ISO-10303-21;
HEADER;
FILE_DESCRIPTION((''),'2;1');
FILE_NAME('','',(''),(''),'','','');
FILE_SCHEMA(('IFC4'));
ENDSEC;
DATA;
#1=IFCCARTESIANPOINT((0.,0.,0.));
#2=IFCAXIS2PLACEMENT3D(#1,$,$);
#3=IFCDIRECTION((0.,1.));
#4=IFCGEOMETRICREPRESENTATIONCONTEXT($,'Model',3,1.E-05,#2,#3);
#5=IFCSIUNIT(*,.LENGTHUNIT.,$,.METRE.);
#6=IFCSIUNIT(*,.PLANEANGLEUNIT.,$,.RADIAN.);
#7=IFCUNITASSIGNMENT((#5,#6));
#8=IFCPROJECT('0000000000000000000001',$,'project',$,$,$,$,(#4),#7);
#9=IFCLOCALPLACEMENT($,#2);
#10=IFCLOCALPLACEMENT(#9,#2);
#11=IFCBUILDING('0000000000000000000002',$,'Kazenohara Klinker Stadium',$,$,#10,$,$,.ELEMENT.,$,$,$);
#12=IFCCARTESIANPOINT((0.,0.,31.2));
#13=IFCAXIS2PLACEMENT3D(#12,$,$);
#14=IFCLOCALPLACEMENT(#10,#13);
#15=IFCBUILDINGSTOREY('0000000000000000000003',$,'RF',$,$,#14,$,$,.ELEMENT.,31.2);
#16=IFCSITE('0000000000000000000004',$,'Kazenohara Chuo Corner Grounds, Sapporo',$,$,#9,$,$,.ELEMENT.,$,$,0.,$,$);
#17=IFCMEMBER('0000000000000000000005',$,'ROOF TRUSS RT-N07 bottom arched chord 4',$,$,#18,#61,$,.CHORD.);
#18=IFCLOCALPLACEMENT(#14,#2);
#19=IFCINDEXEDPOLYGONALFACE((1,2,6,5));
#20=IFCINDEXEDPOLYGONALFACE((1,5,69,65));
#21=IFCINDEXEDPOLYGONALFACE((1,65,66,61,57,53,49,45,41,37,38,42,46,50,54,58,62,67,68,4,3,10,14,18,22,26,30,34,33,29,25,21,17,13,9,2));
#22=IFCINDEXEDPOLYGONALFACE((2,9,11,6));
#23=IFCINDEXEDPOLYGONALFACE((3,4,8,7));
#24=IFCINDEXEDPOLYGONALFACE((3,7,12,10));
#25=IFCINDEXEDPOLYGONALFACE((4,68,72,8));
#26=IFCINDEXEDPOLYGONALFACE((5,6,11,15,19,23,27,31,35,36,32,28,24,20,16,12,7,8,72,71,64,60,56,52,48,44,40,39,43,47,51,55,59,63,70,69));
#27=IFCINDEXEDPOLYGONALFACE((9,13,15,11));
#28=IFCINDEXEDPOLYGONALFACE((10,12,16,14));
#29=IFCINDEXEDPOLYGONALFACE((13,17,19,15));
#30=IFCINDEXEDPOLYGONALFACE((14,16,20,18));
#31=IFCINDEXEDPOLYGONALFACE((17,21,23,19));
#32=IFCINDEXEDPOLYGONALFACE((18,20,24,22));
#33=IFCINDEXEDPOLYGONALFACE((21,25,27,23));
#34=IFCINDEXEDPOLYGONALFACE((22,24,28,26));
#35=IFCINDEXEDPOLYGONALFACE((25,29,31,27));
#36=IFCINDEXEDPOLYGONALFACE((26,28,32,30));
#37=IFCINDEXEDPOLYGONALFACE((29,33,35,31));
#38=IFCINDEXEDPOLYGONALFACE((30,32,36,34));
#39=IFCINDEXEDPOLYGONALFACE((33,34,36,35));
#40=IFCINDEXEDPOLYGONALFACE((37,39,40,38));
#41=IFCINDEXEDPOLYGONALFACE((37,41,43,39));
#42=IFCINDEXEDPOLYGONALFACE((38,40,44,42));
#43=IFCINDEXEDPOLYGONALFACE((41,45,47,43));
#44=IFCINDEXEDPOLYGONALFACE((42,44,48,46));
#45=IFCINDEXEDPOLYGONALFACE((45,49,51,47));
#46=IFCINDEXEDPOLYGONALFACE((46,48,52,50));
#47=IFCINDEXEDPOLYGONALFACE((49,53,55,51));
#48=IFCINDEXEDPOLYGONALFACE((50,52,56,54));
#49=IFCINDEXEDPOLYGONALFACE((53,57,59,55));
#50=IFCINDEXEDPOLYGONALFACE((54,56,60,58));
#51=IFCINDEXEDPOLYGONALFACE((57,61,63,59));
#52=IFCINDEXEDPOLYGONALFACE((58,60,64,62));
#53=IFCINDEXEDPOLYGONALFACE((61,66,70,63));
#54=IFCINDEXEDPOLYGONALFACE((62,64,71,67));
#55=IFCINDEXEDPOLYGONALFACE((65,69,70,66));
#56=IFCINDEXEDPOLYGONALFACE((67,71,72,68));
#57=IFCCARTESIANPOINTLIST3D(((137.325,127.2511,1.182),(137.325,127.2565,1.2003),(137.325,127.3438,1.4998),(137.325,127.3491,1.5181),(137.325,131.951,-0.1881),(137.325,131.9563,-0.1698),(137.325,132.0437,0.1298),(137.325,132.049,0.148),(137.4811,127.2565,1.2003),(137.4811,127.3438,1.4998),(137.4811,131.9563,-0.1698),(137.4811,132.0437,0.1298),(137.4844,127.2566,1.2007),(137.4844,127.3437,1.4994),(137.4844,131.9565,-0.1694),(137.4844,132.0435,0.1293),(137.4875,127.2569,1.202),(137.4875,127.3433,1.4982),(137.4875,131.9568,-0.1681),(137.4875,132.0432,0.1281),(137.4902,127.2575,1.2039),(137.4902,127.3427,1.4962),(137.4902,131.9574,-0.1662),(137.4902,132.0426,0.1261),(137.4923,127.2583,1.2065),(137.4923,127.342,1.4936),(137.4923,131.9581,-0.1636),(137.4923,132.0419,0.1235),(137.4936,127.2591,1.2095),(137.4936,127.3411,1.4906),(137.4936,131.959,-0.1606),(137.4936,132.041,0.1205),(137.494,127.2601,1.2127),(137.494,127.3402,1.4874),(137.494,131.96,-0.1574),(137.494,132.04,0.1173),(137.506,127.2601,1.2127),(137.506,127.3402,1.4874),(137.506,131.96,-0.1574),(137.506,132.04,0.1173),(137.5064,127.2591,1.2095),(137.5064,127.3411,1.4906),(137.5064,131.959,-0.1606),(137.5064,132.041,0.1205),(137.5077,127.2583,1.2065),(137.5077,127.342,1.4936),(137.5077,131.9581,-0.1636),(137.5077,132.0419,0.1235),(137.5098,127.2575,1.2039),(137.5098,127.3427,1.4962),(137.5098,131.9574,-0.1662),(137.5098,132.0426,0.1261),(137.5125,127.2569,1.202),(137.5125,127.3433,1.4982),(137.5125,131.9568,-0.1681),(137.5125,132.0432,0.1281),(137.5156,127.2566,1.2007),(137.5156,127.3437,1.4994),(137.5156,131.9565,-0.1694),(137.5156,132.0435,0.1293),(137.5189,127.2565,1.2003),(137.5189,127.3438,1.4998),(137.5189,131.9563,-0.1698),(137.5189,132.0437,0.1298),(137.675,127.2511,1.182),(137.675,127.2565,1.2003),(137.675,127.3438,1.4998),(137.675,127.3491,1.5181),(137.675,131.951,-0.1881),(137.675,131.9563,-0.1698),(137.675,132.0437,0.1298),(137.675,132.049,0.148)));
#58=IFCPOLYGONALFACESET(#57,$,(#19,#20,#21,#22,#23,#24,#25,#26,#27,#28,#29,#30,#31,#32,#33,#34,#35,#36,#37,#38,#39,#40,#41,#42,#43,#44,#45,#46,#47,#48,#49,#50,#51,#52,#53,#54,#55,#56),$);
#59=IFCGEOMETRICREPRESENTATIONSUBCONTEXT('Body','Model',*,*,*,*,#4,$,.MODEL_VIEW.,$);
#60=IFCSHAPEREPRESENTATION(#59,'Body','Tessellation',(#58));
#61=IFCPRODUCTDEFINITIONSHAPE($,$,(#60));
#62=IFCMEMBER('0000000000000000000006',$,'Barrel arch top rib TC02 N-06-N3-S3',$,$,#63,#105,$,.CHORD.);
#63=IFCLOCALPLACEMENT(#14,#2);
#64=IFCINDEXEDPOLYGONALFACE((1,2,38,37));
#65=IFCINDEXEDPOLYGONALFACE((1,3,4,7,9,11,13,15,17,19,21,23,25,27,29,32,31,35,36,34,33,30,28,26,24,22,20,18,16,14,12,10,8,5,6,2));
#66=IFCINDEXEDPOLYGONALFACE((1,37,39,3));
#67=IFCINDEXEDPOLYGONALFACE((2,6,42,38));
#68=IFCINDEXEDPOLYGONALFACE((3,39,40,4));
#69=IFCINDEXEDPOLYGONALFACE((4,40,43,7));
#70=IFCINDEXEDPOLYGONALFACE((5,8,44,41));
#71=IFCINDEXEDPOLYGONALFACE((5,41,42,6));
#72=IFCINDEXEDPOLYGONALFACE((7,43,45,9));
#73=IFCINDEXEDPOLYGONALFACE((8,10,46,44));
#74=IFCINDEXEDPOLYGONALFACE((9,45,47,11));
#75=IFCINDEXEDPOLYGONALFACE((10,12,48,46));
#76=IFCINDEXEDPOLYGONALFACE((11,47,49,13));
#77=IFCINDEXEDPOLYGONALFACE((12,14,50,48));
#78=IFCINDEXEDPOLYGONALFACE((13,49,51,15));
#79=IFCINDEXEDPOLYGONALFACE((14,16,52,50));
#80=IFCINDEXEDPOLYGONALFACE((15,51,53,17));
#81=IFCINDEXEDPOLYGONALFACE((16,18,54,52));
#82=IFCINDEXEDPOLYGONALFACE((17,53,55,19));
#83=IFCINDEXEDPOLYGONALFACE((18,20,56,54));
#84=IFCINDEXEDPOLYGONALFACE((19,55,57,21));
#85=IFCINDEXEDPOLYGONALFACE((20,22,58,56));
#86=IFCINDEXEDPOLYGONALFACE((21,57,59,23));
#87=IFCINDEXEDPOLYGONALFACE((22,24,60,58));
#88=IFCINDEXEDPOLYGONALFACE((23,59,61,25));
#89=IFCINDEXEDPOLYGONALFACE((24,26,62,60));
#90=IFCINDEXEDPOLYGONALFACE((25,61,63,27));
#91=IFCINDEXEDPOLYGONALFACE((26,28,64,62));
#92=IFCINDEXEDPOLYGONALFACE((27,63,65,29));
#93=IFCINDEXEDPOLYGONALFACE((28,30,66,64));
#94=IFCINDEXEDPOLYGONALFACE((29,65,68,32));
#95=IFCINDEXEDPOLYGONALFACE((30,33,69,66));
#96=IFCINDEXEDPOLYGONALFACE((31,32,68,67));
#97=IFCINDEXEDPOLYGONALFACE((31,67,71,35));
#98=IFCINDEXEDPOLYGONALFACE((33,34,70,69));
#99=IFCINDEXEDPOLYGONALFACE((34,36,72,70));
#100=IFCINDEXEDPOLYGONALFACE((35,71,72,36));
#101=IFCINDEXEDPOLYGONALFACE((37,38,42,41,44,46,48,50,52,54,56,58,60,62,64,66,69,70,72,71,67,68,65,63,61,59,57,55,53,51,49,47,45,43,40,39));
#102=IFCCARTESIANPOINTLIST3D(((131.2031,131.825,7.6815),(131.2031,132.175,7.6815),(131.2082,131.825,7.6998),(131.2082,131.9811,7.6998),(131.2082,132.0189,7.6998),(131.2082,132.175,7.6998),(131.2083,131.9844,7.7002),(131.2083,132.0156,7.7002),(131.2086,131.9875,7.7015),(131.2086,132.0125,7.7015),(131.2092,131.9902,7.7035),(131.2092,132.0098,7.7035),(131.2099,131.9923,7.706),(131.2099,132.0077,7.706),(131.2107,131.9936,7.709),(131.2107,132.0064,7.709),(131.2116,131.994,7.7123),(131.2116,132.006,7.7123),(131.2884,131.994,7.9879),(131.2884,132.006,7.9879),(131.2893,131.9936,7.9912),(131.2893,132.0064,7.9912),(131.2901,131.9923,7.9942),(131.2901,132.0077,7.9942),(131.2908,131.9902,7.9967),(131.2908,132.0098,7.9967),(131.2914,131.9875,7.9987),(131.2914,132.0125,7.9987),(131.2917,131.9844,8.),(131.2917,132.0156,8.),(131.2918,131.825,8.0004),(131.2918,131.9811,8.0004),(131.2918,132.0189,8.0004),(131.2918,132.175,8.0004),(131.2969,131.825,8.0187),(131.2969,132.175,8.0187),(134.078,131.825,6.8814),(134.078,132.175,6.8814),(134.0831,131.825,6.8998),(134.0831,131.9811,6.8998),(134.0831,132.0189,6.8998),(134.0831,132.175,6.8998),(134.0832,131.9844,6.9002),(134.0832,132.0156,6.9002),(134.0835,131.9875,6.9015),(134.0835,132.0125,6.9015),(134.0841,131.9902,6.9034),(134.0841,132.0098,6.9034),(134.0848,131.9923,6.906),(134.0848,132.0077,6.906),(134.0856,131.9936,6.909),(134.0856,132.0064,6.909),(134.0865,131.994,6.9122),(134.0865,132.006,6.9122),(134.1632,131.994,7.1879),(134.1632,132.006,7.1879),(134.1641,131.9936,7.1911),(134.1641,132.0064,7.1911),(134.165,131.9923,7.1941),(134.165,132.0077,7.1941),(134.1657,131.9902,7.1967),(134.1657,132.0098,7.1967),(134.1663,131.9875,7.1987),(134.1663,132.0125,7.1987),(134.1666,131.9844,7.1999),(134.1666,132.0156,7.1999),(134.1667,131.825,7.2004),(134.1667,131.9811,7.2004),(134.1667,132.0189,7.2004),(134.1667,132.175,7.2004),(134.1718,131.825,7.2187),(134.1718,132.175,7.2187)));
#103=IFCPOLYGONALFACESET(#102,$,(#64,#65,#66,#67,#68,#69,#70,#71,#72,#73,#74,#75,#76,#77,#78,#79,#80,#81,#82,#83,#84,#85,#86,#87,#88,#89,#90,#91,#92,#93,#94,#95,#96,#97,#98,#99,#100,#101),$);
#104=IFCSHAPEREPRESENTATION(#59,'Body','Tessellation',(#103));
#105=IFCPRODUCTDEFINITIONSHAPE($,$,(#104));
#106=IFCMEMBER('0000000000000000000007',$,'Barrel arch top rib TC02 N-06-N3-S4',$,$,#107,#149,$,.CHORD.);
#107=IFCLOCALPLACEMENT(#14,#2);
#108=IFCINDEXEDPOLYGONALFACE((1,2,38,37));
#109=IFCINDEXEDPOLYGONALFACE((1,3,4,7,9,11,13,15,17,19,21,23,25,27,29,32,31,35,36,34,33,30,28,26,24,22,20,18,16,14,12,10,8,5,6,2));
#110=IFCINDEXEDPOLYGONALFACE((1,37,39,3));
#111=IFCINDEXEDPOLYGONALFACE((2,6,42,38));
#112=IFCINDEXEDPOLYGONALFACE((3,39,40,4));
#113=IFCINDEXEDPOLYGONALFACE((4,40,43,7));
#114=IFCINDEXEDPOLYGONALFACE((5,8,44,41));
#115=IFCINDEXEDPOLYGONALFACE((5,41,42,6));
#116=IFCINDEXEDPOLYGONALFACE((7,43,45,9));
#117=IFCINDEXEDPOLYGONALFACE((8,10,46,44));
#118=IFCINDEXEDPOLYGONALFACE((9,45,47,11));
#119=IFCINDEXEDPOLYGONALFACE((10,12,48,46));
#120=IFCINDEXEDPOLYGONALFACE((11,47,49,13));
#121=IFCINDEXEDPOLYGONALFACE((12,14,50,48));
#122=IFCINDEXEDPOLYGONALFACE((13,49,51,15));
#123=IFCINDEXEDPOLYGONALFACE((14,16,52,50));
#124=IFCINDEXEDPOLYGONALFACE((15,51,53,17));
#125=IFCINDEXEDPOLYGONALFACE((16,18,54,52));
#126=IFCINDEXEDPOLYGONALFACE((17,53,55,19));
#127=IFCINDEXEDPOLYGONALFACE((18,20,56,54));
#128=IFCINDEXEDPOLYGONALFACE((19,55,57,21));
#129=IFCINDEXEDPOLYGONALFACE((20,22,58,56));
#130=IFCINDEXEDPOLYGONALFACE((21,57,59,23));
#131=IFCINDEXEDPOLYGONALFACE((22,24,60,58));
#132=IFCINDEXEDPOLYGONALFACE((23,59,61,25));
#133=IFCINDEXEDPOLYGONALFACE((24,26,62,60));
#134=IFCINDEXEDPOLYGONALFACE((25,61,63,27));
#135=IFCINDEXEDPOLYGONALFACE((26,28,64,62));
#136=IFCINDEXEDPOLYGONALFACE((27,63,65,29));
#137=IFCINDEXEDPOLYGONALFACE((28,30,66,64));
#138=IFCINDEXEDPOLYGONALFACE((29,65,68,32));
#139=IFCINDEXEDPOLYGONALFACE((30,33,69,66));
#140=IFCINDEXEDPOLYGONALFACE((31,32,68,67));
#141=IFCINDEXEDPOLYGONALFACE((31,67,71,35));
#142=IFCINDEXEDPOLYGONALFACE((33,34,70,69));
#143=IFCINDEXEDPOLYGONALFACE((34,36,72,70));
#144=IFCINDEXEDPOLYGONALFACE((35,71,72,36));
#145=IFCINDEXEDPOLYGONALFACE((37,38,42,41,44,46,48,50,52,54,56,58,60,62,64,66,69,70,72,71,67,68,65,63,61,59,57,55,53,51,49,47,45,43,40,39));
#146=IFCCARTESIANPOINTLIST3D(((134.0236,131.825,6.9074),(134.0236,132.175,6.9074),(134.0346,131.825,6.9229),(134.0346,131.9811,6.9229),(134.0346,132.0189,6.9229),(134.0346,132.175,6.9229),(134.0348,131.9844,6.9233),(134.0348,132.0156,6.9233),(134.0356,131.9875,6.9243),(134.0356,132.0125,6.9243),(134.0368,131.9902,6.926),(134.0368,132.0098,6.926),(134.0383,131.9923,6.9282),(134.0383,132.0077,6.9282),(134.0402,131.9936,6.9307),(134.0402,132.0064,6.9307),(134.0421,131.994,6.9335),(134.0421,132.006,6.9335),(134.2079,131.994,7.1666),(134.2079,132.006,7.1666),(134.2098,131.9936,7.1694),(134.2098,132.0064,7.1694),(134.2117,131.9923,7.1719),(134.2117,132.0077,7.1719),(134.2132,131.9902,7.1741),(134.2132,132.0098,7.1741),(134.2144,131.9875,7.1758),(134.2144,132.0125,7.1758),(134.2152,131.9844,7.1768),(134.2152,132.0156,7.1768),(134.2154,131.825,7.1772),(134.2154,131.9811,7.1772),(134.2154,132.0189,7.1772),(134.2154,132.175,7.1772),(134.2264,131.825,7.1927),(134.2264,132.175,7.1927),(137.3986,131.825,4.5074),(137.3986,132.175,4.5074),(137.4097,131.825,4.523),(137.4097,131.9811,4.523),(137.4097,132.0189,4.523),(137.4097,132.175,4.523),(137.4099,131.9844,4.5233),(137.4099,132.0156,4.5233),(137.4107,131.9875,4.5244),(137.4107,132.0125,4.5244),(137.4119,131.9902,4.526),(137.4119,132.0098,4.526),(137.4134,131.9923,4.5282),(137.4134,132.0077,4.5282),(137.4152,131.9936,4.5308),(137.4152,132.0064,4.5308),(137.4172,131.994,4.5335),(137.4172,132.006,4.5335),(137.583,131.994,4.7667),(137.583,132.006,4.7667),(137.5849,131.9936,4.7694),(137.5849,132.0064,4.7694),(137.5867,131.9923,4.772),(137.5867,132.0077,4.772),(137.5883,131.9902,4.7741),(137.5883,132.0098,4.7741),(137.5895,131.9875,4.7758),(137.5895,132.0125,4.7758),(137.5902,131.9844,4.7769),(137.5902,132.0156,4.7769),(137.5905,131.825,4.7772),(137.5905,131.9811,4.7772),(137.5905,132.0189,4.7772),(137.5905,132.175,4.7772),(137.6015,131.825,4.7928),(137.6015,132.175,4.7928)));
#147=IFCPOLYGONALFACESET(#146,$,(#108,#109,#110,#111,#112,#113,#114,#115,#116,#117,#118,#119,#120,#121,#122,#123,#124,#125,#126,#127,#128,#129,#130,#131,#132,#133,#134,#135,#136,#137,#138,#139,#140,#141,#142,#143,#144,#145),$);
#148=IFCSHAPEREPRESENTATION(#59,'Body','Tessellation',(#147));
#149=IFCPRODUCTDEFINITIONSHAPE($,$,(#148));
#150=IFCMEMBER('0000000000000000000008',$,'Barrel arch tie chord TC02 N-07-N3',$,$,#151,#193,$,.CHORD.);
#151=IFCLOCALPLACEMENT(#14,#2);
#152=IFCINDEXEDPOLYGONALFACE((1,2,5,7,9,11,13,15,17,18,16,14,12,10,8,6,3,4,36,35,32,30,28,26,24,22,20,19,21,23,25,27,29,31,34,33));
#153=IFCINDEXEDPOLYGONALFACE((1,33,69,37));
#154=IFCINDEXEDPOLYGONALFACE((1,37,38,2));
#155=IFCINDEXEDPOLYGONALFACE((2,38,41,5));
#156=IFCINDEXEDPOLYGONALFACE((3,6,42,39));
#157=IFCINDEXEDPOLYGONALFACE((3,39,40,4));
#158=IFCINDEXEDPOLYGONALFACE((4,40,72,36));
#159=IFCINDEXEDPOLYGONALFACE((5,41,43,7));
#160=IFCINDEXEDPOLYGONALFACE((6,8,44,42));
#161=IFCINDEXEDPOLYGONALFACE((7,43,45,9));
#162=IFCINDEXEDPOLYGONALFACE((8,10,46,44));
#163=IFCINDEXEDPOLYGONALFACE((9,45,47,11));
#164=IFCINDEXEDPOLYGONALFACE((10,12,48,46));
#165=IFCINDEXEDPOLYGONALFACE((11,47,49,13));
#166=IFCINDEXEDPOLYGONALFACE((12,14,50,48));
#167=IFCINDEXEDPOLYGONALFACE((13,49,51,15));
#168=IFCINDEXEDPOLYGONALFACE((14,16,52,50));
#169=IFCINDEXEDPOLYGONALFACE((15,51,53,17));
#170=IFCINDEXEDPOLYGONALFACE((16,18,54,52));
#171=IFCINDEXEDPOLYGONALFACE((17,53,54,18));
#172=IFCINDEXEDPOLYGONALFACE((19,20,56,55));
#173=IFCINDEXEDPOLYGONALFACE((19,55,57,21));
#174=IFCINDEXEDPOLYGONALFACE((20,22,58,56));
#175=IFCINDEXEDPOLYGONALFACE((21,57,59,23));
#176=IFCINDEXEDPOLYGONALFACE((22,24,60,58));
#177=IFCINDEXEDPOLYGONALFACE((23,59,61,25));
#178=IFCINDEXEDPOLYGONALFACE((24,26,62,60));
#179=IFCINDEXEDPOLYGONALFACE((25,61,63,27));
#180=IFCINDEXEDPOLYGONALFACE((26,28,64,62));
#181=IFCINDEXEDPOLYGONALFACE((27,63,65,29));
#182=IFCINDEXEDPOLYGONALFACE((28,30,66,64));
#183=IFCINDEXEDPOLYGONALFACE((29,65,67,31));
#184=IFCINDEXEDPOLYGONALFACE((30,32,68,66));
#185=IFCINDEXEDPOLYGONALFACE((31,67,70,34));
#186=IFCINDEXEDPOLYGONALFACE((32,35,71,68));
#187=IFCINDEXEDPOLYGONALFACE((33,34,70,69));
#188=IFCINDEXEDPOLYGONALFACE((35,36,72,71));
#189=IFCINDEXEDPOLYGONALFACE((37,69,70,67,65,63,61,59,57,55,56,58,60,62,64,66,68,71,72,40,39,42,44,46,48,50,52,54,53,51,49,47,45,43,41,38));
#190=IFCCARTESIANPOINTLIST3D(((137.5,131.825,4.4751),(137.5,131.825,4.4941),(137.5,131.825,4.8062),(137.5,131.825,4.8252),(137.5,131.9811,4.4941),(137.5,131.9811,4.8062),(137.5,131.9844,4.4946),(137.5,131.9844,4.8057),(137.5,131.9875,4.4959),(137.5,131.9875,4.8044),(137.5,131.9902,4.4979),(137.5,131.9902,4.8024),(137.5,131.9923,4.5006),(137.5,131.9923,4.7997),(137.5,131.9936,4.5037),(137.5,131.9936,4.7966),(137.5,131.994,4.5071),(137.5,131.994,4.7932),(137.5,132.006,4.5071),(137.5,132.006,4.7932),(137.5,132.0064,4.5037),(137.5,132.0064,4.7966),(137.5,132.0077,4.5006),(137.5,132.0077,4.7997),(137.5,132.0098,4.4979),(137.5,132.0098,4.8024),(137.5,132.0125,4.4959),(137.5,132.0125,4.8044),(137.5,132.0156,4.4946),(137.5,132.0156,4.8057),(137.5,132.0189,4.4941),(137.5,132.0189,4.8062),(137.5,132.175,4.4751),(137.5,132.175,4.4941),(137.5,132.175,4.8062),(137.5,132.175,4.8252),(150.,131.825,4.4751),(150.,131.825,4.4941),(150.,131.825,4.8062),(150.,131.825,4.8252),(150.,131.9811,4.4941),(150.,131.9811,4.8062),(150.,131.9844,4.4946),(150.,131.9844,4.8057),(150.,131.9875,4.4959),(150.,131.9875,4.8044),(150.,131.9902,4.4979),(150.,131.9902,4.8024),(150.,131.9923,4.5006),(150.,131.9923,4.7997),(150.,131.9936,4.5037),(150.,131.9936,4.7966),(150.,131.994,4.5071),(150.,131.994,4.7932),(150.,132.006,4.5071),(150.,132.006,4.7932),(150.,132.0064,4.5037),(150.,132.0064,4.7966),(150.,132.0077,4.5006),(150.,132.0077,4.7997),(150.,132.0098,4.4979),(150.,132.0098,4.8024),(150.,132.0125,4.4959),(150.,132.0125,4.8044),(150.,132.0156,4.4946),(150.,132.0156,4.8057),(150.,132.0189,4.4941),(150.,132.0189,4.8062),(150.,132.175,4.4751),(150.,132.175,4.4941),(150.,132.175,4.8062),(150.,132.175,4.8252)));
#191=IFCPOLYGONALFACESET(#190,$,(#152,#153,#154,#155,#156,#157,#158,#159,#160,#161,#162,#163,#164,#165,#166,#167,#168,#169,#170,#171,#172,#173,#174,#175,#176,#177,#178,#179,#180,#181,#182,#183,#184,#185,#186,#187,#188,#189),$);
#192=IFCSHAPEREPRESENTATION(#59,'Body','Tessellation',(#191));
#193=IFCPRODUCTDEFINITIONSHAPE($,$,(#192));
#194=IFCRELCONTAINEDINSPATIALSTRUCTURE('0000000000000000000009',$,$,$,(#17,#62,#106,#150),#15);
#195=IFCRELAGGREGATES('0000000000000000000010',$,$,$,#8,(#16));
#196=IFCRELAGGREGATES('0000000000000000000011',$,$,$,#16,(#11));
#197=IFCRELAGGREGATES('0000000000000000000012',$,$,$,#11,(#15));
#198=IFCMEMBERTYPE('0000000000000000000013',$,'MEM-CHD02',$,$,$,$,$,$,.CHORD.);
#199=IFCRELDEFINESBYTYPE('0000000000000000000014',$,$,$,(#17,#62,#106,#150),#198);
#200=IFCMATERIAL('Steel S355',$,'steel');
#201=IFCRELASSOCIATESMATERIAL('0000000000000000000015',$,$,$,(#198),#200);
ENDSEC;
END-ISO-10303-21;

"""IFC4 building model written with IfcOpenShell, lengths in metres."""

from ifc_helpers import new_model, si_unit, direction, frame, origin, origin_2d, place, context, subcontext, project, spatial, i_section, extrude, material, material_profile, profile_set, type_object, element, save


model = new_model("IFC4")

# Units and contexts
model_context = context("Model", 3, precision=1e-05, world=origin(), true_north=direction((0.0, 1.0)))
body_context = subcontext(model_context, "Body", "Model", "MODEL_VIEW")
ifc_project = project(units=[si_unit("LENGTHUNIT", "METRE"), si_unit("PLANEANGLEUNIT", "RADIAN")], contexts=[model_context])

# Site, building, storey
site_placement = place(None, origin())
site = spatial("IfcSite", under=ifc_project, at=site_placement, Name="Kazenohara Chuo Corner Grounds, Sapporo", CompositionType="ELEMENT", RefElevation=0.0)
building_placement = place(site_placement, origin())
building = spatial("IfcBuilding", under=site, at=building_placement, Name="Kazenohara Klinker Stadium", CompositionType="ELEMENT")
storey_placement = place(building_placement, frame((0.0, 0.0, 31.2)))
storey = spatial("IfcBuildingStorey", under=building, at=storey_placement, Name="RF", CompositionType="ELEMENT", Elevation=31.2)

# Members
ifc_material_1 = material(Name="Steel S355", Category="steel")
ifc_material_profile_1 = material_profile(ifc_material_1, i_section(OverallWidth=0.3501, OverallDepth=0.3501, WebThickness=0.012, FlangeThickness=0.019, FilletRadius=0.0129, at=origin_2d()), Name="H-350x350x12x19")
ifc_profile_set_1 = profile_set([ifc_material_profile_1], Name="Steel S355")
member_type_1 = type_object("IfcMemberType", Name="MEM-CHD02", PredefinedType="CHORD", material=ifc_profile_set_1)
member_1_placement = place(storey_placement, frame((137.5, 132.0, -0.02), z_axis=(0.0, -0.960039, 0.279868), x_axis=(1.0, 0.0, 0.0)))
element("IfcMember", 1, at=member_1_placement, inside=storey, type_object=member_type_1, Name="ROOF TRUSS RT-N07 bottom arched chord 4", PredefinedType="CHORD", context=body_context, shape_type="SweptSolid", body=[
    extrude(i_section(OverallWidth=0.3501, OverallDepth=0.3501, WebThickness=0.012, FlangeThickness=0.019, FilletRadius=0.0129, at=origin_2d()), origin(), (0.0, 0.0, 1.0), 4.8955),
])
member_2_placement = place(storey_placement, frame((131.25, 132.0, 7.8501), z_axis=(0.963394, 0.0, -0.268091), x_axis=(0.0, 1.0, 0.0)))
element("IfcMember", 2, at=member_2_placement, inside=storey, type_object=member_type_1, Name="Barrel arch top rib TC02 N-06-N3-S3", PredefinedType="CHORD", context=body_context, shape_type="SweptSolid", body=[
    extrude(i_section(OverallWidth=0.3501, OverallDepth=0.3501, WebThickness=0.012, FlangeThickness=0.019, FilletRadius=0.0129, at=origin_2d()), origin(), (0.0, 0.0, 1.0), 2.9841),
])
member_3_placement = place(storey_placement, frame((134.125, 132.0, 7.05), z_axis=(0.814966, 0.0, -0.579508), x_axis=(0.0, 1.0, 0.0)))
element("IfcMember", 3, at=member_3_placement, inside=storey, type_object=member_type_1, Name="Barrel arch top rib TC02 N-06-N3-S4", PredefinedType="CHORD", context=body_context, shape_type="SweptSolid", body=[
    extrude(i_section(OverallWidth=0.3501, OverallDepth=0.3501, WebThickness=0.012, FlangeThickness=0.019, FilletRadius=0.0129, at=origin_2d()), origin(), (0.0, 0.0, 1.0), 4.1414),
])
member_4_placement = place(storey_placement, frame((137.5, 132.0, 4.6501), z_axis=(1.0, 0.0, 0.0), x_axis=(0.0, 1.0, 0.0)))
element("IfcMember", 4, at=member_4_placement, inside=storey, type_object=member_type_1, Name="Barrel arch tie chord TC02 N-07-N3", PredefinedType="CHORD", context=body_context, shape_type="SweptSolid", body=[
    extrude(i_section(OverallWidth=0.3501, OverallDepth=0.3501, WebThickness=0.012, FlangeThickness=0.019, FilletRadius=0.0129, at=origin_2d()), origin(), (0.0, 0.0, 1.0), 12.5),
])

save(model, "model.ifc")
